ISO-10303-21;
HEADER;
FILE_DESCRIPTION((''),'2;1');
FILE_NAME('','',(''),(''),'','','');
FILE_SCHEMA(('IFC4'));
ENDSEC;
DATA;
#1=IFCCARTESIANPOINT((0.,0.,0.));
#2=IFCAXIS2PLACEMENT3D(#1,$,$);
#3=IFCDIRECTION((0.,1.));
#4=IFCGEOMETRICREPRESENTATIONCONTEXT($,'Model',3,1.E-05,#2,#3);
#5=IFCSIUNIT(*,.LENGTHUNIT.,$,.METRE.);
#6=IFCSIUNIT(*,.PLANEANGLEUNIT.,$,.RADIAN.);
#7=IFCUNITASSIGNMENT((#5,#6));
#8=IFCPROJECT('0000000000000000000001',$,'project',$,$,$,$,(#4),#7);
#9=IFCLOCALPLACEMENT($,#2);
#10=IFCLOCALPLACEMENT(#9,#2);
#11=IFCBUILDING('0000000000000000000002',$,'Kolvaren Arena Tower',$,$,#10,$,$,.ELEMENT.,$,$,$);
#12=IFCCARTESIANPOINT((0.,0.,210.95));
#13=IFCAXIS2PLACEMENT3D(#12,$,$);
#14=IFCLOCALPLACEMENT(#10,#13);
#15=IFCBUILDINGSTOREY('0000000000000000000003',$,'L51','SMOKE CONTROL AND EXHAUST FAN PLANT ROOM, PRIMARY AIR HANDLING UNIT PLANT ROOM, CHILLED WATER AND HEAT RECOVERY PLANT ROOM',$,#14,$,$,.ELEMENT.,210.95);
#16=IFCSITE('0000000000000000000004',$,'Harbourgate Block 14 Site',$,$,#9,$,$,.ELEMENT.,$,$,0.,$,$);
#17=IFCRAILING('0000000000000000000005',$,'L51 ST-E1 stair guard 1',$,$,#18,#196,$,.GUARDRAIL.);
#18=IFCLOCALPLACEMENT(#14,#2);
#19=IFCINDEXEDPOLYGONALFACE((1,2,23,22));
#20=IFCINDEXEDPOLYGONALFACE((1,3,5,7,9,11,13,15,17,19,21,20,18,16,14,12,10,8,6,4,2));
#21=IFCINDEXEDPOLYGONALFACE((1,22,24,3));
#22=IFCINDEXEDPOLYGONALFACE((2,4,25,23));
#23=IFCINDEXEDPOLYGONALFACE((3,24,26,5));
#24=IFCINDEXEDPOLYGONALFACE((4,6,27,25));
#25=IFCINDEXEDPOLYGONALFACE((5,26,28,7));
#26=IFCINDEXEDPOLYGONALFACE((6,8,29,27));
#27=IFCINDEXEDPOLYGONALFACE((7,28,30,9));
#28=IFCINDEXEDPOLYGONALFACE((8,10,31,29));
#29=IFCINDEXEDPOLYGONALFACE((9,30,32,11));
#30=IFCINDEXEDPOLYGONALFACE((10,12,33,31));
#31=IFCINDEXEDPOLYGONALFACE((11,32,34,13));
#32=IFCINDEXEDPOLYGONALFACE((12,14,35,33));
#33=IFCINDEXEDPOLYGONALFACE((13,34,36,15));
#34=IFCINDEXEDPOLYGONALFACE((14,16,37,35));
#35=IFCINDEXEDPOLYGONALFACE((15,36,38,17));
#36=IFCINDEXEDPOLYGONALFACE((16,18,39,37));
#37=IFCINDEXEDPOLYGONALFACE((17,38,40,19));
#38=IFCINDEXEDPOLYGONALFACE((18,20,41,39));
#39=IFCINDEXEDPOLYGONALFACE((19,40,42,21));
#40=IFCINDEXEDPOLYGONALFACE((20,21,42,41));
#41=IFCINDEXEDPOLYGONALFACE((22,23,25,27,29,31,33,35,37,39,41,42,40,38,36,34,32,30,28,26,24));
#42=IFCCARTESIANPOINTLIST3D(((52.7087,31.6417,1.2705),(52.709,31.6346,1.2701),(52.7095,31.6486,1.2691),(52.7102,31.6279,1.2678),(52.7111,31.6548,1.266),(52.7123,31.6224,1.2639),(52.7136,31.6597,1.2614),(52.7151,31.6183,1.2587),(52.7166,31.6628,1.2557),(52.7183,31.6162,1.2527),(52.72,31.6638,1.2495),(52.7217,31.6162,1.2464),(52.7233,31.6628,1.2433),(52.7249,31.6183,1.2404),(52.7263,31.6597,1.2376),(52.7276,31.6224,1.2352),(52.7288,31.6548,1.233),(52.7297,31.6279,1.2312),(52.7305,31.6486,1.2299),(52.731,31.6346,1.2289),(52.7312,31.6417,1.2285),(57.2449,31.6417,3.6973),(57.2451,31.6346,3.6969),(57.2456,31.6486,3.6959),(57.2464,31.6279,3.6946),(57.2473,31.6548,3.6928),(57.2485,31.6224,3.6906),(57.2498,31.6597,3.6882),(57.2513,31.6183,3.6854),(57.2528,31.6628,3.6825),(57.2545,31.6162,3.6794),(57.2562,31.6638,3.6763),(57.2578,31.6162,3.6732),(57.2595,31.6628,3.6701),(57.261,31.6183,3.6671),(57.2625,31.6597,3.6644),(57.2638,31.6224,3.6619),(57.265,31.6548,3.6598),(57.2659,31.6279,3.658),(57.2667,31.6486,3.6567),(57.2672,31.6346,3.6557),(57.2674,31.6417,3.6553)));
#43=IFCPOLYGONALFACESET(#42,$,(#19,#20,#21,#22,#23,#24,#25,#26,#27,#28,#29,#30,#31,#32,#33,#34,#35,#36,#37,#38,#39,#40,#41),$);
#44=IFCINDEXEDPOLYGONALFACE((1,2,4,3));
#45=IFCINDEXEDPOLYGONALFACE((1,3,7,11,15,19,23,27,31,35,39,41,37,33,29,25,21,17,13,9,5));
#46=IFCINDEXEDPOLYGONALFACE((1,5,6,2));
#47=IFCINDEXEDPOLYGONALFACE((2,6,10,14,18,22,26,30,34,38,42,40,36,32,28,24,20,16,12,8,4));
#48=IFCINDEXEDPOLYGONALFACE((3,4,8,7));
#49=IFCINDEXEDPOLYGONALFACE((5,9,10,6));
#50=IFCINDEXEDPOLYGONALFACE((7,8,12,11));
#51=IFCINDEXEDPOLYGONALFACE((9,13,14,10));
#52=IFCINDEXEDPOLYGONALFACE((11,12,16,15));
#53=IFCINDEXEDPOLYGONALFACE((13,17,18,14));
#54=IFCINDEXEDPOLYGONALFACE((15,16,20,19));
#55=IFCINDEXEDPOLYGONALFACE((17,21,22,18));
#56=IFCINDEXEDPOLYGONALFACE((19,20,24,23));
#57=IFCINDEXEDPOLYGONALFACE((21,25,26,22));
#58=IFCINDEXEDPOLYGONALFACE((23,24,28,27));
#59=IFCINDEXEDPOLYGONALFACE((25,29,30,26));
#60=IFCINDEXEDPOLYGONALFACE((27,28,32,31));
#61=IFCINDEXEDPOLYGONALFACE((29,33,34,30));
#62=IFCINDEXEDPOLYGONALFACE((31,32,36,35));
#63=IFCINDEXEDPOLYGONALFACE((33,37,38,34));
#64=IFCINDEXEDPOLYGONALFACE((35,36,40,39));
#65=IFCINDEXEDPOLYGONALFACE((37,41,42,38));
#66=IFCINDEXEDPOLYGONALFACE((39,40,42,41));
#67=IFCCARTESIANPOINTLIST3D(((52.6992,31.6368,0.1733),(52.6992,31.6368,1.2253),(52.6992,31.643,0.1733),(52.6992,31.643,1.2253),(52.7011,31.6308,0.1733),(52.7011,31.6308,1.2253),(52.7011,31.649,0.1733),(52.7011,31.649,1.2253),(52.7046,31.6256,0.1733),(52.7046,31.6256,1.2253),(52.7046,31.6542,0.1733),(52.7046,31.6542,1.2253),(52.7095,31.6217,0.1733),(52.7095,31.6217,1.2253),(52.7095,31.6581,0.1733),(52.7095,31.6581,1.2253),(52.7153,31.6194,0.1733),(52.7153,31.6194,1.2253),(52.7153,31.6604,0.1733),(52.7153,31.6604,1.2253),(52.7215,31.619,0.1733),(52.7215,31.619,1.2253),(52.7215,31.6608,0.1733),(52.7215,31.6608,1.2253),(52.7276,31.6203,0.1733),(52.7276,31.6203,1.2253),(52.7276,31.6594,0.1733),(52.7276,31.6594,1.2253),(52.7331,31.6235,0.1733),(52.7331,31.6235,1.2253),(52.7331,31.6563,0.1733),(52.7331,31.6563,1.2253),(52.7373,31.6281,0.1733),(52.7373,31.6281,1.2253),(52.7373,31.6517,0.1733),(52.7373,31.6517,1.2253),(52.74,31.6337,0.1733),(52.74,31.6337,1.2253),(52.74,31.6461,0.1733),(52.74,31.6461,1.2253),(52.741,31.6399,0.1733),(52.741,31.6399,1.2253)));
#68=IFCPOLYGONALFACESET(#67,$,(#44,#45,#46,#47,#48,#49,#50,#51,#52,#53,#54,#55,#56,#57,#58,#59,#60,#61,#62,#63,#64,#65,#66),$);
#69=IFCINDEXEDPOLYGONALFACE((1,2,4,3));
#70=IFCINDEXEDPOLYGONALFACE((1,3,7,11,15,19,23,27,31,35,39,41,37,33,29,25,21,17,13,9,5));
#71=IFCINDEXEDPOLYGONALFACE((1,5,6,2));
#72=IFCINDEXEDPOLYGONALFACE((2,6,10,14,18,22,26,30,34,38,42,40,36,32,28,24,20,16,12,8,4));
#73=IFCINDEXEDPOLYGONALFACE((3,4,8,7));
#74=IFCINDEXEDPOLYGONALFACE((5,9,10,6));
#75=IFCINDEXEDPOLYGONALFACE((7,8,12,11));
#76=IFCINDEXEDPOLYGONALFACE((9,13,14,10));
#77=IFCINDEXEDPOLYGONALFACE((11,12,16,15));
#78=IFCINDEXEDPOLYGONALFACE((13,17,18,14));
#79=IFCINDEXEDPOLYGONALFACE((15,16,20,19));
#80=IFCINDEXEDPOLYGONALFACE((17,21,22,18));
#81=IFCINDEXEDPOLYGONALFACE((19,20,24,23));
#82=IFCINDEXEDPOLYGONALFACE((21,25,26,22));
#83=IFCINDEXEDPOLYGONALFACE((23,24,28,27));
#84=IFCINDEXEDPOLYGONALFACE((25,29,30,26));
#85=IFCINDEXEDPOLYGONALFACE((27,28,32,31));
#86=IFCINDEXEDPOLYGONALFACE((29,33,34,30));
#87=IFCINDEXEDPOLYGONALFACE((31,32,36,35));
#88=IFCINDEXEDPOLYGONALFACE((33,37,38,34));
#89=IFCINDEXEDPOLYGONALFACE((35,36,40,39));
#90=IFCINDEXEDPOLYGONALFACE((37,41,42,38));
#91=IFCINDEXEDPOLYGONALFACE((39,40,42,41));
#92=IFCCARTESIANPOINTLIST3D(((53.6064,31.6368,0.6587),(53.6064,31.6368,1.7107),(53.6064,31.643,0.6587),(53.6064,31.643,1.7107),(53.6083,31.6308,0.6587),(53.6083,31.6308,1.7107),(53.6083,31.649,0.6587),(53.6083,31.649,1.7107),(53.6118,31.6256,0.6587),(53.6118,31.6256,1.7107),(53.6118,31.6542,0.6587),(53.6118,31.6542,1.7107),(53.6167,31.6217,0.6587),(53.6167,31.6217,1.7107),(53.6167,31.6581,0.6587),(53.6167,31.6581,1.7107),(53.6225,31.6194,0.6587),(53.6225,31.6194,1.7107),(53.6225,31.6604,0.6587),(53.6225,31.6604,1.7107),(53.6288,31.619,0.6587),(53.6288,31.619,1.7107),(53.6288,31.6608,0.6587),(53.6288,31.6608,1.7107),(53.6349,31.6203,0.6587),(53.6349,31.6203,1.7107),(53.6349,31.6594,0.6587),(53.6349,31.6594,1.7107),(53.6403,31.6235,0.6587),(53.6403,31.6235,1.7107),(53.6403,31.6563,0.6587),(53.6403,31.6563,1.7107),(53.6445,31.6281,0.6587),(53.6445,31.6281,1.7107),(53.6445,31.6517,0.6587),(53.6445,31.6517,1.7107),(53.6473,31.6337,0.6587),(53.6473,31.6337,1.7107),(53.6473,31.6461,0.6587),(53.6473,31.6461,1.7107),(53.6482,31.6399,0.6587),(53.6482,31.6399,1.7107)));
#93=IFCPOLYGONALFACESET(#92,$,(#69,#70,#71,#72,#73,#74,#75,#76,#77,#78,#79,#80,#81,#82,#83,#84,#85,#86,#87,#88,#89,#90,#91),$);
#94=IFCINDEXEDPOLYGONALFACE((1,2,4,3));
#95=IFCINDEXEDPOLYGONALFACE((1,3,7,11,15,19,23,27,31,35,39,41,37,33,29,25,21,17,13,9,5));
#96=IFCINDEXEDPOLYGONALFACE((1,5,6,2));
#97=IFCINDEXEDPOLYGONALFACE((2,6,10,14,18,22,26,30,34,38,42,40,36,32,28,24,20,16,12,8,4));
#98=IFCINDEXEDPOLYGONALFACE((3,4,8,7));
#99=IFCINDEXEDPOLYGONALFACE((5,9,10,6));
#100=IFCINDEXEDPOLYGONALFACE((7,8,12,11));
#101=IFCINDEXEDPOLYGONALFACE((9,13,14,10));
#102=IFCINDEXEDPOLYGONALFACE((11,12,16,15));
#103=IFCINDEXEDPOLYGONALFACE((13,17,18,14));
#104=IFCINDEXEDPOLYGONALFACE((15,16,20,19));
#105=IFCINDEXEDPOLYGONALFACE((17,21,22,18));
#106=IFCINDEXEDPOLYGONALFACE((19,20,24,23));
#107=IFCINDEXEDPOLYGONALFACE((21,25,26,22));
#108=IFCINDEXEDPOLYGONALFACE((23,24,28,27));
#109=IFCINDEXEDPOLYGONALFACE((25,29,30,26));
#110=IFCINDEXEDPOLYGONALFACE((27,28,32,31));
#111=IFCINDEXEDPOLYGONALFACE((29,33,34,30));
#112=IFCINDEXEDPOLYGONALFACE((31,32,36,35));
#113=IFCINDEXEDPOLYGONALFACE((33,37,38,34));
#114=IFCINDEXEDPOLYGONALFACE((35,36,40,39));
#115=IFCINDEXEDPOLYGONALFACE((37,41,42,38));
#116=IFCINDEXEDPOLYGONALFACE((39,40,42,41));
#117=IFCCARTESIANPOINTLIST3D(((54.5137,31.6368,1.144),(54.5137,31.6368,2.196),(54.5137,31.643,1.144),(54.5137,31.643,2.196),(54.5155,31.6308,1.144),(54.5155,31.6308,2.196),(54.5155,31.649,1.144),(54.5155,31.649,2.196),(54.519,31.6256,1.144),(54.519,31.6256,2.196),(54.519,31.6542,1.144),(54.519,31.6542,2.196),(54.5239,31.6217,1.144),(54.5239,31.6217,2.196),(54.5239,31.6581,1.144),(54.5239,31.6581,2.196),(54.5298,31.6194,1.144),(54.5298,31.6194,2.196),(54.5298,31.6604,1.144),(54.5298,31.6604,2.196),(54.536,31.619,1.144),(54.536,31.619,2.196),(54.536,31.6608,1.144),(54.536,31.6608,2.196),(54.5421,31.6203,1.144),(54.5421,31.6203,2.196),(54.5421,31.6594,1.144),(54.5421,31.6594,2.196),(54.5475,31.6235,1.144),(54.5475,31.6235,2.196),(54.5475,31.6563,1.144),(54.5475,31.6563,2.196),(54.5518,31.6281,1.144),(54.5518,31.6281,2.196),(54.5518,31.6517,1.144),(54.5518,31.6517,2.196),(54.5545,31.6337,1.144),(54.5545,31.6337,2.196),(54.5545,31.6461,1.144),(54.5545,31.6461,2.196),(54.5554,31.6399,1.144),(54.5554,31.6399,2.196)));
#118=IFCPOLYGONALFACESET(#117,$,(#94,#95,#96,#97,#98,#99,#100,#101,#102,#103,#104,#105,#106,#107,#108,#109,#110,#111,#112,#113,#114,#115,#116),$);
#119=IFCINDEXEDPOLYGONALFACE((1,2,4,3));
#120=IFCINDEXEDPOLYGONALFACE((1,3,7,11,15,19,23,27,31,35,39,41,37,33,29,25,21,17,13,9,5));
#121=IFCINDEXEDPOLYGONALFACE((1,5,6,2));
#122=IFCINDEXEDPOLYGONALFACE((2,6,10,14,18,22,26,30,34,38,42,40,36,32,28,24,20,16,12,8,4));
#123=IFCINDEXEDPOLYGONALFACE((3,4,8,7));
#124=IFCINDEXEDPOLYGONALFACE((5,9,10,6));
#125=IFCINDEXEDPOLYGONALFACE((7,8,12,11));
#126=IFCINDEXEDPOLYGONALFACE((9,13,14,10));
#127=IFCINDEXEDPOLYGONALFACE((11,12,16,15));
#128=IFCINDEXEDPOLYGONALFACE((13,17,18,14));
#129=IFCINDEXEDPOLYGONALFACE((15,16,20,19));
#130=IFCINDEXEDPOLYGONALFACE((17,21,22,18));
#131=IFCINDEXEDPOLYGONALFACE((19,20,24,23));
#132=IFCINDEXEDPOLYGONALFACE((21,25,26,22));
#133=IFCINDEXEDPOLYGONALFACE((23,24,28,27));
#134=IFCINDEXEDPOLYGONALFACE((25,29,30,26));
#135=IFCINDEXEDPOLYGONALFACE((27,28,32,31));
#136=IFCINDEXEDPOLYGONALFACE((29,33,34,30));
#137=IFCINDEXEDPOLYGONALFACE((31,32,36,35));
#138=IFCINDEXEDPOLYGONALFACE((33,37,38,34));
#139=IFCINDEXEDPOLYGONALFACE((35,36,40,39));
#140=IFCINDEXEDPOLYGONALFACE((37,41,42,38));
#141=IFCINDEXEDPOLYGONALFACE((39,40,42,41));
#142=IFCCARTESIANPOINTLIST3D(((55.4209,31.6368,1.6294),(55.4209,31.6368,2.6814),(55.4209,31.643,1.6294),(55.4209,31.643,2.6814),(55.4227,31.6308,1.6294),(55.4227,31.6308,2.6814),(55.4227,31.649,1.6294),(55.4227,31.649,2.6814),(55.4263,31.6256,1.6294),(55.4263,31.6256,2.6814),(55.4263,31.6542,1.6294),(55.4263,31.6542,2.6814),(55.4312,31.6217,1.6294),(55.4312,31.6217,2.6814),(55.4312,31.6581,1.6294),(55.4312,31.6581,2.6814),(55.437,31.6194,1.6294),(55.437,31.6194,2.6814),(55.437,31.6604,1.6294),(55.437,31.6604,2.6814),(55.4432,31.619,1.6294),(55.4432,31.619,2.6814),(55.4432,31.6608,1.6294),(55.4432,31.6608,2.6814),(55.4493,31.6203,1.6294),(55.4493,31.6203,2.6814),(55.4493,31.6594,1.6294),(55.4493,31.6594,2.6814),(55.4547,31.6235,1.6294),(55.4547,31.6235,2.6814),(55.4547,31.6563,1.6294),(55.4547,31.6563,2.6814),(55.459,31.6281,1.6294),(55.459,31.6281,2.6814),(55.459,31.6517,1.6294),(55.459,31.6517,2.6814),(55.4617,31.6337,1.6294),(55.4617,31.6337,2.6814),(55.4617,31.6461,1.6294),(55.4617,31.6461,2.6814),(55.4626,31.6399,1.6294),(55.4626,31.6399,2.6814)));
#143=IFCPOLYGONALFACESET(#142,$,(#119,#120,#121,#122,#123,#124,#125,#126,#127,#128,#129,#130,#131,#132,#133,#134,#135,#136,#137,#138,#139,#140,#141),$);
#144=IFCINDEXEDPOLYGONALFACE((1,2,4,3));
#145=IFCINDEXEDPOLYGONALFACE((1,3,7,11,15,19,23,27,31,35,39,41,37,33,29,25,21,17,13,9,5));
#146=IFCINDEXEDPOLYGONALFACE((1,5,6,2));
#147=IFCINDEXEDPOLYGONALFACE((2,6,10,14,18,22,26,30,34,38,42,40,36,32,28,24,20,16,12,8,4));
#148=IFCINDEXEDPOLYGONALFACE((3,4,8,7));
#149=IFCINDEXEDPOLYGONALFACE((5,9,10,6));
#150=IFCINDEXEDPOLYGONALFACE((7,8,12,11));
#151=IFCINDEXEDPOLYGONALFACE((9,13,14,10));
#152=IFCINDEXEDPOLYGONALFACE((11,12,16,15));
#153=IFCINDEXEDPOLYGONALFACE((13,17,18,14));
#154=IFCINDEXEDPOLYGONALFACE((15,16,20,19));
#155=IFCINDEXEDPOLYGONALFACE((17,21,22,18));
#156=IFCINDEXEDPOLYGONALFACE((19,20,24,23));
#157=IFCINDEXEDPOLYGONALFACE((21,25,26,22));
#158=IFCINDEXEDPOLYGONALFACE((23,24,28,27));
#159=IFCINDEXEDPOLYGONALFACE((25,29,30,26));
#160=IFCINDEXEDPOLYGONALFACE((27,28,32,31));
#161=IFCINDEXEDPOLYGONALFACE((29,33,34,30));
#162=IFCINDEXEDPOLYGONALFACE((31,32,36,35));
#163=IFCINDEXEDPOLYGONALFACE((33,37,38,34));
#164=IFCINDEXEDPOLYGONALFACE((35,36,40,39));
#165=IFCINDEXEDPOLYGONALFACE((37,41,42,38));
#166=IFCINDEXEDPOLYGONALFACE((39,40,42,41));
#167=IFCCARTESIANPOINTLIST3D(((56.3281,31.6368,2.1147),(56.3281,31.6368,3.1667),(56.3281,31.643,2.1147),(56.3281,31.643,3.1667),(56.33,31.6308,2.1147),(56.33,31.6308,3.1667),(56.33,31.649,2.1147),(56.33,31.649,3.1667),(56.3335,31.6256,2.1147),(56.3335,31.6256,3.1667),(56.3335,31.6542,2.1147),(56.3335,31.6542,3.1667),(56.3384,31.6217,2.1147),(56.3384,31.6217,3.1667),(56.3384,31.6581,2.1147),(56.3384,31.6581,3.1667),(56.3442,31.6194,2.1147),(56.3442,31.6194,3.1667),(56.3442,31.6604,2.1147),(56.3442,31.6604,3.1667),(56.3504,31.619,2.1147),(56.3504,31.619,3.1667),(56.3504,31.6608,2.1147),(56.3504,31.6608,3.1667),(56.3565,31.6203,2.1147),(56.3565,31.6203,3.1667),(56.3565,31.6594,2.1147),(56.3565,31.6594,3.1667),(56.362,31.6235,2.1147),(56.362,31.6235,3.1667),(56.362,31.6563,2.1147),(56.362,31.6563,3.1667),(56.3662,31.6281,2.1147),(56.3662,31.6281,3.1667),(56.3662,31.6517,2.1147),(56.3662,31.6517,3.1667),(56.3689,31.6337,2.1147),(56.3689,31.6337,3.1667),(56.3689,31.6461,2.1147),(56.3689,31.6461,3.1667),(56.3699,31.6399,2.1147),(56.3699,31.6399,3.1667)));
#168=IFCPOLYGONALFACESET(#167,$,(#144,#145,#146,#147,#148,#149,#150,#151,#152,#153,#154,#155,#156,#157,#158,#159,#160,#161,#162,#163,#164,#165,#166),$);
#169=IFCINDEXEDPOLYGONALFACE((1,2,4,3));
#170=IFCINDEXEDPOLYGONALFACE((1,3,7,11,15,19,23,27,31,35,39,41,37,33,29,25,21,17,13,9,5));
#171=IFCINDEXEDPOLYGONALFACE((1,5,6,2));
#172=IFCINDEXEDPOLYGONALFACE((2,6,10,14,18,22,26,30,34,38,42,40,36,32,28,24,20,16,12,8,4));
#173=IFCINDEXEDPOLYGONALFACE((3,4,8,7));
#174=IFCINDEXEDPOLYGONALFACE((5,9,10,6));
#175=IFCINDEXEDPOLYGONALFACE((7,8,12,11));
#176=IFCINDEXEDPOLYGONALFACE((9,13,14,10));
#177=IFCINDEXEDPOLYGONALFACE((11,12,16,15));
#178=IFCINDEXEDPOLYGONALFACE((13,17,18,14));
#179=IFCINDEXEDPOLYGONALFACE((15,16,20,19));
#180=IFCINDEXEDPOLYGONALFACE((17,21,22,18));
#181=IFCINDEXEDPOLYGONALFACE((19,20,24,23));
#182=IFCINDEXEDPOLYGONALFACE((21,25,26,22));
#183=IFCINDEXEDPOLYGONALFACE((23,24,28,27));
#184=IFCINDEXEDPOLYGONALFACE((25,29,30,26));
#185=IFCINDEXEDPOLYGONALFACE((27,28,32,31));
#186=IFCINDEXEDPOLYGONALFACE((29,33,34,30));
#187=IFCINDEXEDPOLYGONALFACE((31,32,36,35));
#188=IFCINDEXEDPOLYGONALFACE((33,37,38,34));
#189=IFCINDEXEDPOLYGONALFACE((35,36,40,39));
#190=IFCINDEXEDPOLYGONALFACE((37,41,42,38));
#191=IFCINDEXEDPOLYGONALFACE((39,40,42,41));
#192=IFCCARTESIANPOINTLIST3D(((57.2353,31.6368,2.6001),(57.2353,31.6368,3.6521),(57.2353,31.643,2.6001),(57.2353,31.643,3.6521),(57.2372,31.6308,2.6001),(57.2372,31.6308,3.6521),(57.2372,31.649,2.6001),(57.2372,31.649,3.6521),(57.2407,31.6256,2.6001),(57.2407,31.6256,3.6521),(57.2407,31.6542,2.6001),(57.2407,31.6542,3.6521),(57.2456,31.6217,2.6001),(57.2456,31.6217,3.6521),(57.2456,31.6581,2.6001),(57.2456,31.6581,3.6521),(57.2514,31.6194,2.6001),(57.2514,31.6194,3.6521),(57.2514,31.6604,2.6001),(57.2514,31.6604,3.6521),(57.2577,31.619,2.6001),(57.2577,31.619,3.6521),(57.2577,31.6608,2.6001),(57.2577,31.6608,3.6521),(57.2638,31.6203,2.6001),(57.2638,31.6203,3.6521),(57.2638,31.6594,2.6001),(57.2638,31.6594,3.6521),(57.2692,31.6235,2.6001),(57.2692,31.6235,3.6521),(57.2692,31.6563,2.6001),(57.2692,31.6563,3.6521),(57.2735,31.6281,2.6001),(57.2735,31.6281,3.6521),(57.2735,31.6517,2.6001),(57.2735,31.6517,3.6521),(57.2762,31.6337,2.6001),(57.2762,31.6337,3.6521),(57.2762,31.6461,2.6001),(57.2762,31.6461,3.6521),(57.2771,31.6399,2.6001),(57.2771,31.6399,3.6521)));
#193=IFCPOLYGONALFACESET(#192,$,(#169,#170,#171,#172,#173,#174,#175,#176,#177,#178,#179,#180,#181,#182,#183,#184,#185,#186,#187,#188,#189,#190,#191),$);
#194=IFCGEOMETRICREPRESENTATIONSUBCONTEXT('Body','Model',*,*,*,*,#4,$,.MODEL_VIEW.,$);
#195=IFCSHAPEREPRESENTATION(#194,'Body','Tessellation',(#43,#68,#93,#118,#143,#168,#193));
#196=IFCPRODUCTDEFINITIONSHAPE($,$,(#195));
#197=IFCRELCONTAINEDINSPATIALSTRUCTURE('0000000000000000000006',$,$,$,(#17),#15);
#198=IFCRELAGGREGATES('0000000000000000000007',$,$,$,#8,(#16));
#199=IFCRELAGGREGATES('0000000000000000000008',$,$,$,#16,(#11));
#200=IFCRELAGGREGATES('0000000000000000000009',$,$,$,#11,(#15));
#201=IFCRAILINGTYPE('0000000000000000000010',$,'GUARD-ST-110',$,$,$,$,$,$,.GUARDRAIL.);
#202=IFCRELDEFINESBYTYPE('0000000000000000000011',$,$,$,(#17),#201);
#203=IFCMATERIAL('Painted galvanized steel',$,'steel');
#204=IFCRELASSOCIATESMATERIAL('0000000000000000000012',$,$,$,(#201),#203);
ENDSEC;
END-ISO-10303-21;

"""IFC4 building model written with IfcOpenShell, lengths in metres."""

from ifc_helpers import new_model, si_unit, direction, frame, origin, origin_2d, place, context, subcontext, project, spatial, circle, extrude, material, type_object, element, save


model = new_model("IFC4")

# Units and contexts
model_context = context("Model", 3, precision=1e-05, world=origin(), true_north=direction((0.0, 1.0)))
body_context = subcontext(model_context, "Body", "Model", "MODEL_VIEW")
ifc_project = project(units=[si_unit("LENGTHUNIT", "METRE"), si_unit("PLANEANGLEUNIT", "RADIAN")], contexts=[model_context])

# Site, building, storey
site_placement = place(None, origin())
site = spatial("IfcSite", under=ifc_project, at=site_placement, Name="Harbourgate Block 14 Site", CompositionType="ELEMENT", RefElevation=0.0)
building_placement = place(site_placement, origin())
building = spatial("IfcBuilding", under=site, at=building_placement, Name="Kolvaren Arena Tower", CompositionType="ELEMENT")
storey_placement = place(building_placement, frame((0.0, 0.0, 210.95)))
storey = spatial("IfcBuildingStorey", under=building, at=storey_placement, Name="L51", Description="SMOKE CONTROL AND EXHAUST FAN PLANT ROOM, PRIMARY AIR HANDLING UNIT PLANT ROOM, CHILLED WATER AND HEAT RECOVERY PLANT ROOM", CompositionType="ELEMENT", Elevation=210.95)

# Railing
ifc_material_1 = material(Name="Painted galvanized steel", Category="steel")
railing_type_1 = type_object("IfcRailingType", Name="GUARD-ST-110", PredefinedType="GUARDRAIL", material=ifc_material_1)
railing_1_placement = place(storey_placement, frame((52.72, 31.6399, 0.1733)))
element("IfcRailing", 1, at=railing_1_placement, inside=storey, type_object=railing_type_1, Name="L51 ST-E1 stair guard 1", PredefinedType="GUARDRAIL", context=body_context, shape_type="SweptSolid", body=[
    extrude(circle(Radius=0.0239, at=origin_2d()), frame((0.0, 0.0, 1.0762), z_axis=(0.881748, 0.0, 0.471721), x_axis=(0.0, 1.0, 0.0)), (0.0, 0.0, 1.0), 5.1445),
    extrude(circle(Radius=0.021, at=origin_2d()), origin(), (0.0, 0.0, 1.0), 1.052),
    extrude(circle(Radius=0.021, at=origin_2d()), frame((0.9072, 0.0, 0.4854)), (0.0, 0.0, 1.0), 1.052),
    extrude(circle(Radius=0.021, at=origin_2d()), frame((1.8145, 0.0, 0.9707)), (0.0, 0.0, 1.0), 1.052),
    extrude(circle(Radius=0.021, at=origin_2d()), frame((2.7217, 0.0, 1.4561)), (0.0, 0.0, 1.0), 1.052),
    extrude(circle(Radius=0.021, at=origin_2d()), frame((3.6289, 0.0, 1.9414)), (0.0, 0.0, 1.0), 1.052),
    extrude(circle(Radius=0.021, at=origin_2d()), frame((4.5361, 0.0, 2.4268)), (0.0, 0.0, 1.0), 1.052),
])

save(model, "model.ifc")
